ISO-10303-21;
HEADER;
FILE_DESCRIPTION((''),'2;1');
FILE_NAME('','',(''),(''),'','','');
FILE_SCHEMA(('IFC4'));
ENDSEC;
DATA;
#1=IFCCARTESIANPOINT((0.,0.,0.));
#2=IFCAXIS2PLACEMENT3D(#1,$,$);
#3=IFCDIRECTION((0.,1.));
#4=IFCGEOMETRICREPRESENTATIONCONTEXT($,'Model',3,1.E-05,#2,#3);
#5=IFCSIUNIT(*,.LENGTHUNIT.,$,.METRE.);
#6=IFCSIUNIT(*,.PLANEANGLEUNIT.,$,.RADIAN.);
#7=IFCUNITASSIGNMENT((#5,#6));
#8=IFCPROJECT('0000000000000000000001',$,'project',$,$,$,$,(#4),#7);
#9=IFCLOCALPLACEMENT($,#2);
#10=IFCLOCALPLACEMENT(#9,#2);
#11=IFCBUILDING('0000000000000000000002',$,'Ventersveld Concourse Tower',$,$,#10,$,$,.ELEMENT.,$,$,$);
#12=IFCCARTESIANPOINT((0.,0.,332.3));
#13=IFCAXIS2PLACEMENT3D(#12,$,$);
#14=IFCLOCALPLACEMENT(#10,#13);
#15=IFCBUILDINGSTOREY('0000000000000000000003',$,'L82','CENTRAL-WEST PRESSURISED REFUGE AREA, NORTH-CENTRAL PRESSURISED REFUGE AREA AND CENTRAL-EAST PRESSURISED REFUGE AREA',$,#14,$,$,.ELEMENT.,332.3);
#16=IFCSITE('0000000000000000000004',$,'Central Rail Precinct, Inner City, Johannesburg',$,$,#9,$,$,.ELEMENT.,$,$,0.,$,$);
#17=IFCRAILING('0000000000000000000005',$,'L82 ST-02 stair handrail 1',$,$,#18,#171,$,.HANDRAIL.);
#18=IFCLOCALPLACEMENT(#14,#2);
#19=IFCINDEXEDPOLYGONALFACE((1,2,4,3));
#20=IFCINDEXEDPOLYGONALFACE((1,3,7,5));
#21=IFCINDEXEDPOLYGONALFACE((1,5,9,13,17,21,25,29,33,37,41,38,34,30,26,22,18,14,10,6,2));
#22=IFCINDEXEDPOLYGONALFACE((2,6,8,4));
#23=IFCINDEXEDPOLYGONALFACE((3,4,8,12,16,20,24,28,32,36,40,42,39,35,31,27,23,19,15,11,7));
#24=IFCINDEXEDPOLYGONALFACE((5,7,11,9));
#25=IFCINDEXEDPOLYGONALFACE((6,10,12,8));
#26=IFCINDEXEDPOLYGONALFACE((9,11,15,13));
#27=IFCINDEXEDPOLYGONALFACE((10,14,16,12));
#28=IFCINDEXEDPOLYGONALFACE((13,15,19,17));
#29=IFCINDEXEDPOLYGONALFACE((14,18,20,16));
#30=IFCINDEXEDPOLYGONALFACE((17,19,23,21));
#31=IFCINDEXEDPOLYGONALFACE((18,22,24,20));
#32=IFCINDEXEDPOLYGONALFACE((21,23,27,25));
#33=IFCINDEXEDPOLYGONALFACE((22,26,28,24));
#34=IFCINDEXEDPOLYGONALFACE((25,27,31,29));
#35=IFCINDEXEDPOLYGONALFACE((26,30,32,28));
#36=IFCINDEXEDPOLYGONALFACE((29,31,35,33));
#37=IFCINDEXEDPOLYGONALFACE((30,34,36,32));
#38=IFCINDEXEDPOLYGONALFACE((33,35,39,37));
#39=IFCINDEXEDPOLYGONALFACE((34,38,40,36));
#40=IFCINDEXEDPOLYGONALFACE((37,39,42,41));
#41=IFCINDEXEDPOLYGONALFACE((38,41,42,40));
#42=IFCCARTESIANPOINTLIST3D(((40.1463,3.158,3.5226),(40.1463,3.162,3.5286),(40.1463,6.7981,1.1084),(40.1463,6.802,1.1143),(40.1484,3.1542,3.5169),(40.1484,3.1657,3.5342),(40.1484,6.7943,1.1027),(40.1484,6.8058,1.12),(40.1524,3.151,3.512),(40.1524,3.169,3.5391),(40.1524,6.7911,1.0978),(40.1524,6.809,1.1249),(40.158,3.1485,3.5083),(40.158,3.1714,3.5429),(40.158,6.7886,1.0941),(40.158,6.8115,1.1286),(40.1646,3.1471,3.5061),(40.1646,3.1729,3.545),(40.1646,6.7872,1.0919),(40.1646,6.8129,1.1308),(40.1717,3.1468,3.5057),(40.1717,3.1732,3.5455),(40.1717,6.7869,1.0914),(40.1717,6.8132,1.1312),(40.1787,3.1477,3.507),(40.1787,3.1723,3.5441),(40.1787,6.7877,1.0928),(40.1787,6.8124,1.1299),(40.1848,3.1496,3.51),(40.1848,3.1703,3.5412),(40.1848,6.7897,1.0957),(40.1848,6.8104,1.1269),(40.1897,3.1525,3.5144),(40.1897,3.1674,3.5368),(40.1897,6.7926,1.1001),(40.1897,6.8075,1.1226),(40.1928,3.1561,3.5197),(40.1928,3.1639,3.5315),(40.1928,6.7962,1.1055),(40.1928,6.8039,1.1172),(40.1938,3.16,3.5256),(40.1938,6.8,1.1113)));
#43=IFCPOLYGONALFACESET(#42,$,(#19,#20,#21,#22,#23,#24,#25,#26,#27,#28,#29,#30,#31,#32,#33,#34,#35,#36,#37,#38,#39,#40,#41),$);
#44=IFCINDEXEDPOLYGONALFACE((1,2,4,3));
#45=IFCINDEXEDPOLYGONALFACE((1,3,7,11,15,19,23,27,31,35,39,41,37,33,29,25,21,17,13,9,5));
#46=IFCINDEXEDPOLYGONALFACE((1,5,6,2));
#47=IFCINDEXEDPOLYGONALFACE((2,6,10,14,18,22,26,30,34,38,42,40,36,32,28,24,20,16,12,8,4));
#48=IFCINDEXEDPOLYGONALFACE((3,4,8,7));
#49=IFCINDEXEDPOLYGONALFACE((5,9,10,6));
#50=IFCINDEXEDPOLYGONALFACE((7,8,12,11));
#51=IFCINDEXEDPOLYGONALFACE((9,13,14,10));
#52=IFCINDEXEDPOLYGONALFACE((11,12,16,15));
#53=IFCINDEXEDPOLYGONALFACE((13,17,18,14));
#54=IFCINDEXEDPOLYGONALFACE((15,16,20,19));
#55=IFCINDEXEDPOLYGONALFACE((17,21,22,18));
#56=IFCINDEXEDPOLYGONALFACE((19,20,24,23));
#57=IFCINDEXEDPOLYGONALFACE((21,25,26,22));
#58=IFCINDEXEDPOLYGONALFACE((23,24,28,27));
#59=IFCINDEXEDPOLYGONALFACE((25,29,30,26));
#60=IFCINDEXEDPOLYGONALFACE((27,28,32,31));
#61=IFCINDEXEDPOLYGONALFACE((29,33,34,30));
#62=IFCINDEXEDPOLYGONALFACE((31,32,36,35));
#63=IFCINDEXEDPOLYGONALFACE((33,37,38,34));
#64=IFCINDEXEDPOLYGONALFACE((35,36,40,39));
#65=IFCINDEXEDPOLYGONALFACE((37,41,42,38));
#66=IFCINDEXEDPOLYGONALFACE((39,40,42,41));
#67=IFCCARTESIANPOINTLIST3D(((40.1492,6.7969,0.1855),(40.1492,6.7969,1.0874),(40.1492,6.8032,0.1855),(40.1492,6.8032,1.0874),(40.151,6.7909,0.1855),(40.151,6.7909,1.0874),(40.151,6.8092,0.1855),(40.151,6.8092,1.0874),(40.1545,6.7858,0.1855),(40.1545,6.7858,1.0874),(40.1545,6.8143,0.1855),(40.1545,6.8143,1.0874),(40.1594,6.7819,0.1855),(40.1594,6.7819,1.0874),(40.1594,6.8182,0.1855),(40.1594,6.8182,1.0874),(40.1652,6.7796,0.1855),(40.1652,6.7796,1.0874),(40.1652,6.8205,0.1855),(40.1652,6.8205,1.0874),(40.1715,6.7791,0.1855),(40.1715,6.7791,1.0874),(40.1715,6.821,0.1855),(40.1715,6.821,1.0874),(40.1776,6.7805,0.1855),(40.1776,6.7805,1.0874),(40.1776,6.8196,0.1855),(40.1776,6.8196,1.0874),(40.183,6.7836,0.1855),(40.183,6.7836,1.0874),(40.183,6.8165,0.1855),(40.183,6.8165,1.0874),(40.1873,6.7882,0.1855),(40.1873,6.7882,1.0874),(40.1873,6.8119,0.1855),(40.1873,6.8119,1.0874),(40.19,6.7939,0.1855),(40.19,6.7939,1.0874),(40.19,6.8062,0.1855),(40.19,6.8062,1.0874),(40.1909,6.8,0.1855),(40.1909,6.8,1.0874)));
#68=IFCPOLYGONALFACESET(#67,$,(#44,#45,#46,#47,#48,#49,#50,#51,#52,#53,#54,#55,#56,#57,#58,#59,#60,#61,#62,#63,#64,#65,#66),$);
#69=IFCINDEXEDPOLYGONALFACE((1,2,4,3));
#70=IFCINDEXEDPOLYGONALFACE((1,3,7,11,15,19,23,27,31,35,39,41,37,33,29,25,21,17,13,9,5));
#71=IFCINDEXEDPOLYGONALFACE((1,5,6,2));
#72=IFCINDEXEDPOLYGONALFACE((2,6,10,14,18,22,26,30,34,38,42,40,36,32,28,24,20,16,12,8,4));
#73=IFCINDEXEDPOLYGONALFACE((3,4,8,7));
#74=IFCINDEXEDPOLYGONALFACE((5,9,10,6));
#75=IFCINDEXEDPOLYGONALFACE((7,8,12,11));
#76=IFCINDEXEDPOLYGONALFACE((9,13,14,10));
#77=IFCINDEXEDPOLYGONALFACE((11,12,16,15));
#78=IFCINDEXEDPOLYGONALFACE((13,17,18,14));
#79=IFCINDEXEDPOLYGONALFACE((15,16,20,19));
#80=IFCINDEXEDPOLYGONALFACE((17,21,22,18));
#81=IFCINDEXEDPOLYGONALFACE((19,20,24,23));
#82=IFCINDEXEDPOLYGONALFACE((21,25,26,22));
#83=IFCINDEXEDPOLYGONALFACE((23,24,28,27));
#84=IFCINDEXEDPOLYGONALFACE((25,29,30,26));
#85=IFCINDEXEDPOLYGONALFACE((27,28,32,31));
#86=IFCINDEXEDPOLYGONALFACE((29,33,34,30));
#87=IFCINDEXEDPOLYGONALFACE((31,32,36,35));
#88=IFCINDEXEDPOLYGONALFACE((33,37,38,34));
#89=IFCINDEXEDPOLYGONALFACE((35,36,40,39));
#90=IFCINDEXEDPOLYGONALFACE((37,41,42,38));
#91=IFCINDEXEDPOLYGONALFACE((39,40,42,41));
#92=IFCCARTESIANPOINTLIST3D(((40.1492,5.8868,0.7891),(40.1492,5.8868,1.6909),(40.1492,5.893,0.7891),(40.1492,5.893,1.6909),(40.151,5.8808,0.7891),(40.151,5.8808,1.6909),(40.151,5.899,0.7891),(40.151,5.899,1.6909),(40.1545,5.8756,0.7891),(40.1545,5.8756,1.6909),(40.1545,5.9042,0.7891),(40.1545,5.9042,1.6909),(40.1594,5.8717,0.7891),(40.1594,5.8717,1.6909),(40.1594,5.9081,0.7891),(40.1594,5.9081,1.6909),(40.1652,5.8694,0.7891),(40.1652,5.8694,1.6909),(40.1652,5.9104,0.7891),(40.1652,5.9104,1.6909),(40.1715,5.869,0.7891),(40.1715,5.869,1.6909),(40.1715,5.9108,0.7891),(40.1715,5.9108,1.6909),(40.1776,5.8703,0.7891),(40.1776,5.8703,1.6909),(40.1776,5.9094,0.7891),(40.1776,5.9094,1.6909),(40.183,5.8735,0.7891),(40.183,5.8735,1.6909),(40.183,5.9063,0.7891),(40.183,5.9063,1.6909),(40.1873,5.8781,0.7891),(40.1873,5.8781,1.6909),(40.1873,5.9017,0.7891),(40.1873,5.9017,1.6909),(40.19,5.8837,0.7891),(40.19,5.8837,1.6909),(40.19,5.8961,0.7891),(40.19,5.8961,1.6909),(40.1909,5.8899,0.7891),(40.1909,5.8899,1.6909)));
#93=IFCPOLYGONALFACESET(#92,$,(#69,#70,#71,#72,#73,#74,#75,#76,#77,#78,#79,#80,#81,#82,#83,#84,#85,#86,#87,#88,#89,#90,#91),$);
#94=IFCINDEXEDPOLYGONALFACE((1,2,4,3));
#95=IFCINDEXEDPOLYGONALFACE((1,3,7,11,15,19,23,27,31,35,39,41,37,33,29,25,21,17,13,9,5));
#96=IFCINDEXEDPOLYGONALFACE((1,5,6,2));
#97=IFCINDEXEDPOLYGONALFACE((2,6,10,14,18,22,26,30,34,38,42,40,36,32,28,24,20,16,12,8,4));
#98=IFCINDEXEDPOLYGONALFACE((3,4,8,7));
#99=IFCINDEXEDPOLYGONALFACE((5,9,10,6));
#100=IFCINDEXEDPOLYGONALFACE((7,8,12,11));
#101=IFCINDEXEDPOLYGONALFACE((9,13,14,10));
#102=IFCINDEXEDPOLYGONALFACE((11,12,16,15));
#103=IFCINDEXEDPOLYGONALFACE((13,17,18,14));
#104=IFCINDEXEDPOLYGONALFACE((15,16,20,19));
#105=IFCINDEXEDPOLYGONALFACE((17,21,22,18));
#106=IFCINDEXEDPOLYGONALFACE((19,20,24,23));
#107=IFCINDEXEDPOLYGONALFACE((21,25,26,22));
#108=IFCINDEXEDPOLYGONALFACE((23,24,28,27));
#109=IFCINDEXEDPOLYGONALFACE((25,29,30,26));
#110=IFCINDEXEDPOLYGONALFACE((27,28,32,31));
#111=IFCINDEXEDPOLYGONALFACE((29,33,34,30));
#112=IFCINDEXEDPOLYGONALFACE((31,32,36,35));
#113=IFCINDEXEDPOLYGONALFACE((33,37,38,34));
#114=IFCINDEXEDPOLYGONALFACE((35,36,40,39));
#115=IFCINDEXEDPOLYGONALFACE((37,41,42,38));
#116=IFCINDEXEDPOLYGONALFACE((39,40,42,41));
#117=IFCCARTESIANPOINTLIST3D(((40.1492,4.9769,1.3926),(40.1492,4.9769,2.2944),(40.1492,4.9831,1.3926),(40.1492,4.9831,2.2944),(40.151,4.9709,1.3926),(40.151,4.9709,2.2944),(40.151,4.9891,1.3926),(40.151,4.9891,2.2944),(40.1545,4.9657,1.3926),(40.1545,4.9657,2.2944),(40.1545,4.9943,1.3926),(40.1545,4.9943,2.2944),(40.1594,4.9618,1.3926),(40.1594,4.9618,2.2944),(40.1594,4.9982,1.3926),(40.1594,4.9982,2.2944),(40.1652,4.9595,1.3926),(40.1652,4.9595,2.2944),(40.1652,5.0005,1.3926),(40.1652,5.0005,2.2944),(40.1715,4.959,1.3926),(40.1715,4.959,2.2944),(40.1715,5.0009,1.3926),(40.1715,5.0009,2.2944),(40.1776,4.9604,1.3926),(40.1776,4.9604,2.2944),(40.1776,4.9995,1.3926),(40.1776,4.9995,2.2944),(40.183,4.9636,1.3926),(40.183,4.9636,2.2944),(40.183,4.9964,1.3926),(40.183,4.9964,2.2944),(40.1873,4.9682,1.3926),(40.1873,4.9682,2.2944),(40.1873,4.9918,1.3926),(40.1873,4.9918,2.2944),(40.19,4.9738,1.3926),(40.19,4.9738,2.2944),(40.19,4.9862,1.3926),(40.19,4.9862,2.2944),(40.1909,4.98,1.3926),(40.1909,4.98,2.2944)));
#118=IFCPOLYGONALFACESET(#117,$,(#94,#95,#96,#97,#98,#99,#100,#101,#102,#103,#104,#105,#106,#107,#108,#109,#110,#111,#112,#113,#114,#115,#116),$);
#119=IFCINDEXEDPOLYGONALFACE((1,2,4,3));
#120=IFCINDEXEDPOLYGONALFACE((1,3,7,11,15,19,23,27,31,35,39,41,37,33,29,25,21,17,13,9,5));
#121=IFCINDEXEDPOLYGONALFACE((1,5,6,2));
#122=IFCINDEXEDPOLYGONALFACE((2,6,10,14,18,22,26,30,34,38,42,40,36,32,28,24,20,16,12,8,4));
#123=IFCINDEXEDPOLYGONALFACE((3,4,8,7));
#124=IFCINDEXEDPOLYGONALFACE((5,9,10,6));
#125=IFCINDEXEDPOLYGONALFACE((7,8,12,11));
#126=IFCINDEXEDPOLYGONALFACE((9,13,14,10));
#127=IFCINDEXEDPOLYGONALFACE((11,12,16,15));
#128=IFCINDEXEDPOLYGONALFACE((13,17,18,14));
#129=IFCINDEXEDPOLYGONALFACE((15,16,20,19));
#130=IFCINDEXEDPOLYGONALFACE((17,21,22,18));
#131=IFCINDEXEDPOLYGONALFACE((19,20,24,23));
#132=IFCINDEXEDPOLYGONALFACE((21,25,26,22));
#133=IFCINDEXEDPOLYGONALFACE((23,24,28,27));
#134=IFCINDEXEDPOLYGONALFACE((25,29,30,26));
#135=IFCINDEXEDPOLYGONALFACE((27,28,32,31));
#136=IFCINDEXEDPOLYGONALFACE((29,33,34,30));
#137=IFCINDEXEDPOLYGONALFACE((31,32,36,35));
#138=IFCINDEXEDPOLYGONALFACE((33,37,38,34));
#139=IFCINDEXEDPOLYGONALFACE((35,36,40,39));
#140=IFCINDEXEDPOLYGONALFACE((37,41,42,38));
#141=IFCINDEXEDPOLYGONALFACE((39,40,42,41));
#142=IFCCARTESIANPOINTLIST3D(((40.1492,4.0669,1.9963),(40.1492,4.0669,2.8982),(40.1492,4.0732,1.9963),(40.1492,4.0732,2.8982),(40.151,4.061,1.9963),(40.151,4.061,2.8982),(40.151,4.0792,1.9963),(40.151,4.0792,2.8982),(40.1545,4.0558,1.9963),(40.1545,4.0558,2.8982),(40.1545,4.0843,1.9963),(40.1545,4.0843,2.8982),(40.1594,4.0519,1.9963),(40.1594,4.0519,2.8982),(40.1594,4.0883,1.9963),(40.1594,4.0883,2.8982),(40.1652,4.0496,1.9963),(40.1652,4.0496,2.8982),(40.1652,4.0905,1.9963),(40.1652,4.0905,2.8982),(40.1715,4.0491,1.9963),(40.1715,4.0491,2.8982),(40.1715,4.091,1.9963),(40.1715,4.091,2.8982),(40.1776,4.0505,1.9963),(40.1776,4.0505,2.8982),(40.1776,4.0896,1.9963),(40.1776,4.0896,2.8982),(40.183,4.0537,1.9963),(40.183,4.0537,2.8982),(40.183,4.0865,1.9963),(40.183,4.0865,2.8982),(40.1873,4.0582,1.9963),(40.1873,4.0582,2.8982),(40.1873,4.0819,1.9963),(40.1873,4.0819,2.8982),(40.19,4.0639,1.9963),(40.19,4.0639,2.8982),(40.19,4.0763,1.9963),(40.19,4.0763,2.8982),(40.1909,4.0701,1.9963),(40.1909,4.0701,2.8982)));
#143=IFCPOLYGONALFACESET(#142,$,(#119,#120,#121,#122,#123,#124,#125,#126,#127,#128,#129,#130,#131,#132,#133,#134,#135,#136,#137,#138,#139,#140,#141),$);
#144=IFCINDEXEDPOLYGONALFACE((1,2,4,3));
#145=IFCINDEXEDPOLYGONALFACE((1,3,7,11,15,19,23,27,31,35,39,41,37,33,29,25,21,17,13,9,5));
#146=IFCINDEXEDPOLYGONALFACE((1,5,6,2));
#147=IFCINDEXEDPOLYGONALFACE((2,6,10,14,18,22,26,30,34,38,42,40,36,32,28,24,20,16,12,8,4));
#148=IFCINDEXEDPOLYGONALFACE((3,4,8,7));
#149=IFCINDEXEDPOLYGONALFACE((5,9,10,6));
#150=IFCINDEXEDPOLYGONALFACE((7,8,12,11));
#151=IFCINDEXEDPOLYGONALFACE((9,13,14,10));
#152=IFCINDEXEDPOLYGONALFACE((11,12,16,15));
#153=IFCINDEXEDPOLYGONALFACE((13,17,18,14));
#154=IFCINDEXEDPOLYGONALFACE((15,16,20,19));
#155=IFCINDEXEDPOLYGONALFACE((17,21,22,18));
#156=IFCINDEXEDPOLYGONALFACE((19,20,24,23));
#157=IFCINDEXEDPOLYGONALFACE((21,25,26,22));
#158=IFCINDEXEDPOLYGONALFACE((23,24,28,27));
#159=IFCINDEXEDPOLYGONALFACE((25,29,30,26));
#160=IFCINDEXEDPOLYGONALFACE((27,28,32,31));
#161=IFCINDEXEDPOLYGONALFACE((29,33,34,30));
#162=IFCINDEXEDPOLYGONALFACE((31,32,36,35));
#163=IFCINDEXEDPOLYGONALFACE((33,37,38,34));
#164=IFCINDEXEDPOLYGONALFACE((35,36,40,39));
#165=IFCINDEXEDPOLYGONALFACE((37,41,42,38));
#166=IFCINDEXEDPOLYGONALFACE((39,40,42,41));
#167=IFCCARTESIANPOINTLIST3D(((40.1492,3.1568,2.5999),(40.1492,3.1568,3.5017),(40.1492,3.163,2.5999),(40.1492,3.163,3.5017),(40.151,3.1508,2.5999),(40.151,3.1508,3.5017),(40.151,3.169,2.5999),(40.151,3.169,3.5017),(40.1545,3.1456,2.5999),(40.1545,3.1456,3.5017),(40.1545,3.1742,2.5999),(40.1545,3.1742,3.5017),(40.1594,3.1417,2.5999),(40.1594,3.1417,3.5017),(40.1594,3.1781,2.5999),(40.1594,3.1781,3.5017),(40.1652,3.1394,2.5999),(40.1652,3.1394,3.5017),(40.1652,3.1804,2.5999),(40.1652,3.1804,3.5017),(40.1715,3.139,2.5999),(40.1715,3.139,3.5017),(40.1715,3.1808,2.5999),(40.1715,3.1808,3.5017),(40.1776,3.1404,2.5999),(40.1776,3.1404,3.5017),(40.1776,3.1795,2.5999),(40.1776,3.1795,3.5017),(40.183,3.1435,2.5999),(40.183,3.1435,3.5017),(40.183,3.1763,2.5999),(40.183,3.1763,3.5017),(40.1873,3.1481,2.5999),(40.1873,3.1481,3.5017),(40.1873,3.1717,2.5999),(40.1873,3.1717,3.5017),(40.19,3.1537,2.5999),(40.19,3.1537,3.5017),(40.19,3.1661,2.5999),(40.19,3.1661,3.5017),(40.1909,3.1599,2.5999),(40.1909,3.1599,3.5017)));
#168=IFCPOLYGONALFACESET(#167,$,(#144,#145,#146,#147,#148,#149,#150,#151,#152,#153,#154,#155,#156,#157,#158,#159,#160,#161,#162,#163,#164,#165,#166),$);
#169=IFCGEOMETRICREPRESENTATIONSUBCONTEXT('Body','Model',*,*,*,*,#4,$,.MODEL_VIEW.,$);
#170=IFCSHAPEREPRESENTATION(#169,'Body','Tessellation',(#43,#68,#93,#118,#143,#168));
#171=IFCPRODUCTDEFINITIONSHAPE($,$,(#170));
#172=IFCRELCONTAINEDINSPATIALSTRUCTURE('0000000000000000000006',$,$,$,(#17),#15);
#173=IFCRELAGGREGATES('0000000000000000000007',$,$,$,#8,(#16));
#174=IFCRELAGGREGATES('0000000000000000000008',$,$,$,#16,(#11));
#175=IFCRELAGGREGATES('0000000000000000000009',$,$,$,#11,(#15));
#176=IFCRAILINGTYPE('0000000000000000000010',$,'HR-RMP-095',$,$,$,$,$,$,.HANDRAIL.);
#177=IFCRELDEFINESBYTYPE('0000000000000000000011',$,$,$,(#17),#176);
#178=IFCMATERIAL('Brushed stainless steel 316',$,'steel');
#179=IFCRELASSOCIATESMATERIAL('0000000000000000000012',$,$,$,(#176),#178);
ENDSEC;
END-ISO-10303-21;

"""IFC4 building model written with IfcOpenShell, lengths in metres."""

from ifc_helpers import new_model, si_unit, direction, frame, origin, origin_2d, place, context, subcontext, project, spatial, circle, extrude, material, type_object, element, save


model = new_model("IFC4")

# Units and contexts
model_context = context("Model", 3, precision=1e-05, world=origin(), true_north=direction((0.0, 1.0)))
body_context = subcontext(model_context, "Body", "Model", "MODEL_VIEW")
ifc_project = project(units=[si_unit("LENGTHUNIT", "METRE"), si_unit("PLANEANGLEUNIT", "RADIAN")], contexts=[model_context])

# Site, building, storey
site_placement = place(None, origin())
site = spatial("IfcSite", under=ifc_project, at=site_placement, Name="Central Rail Precinct, Inner City, Johannesburg", CompositionType="ELEMENT", RefElevation=0.0)
building_placement = place(site_placement, origin())
building = spatial("IfcBuilding", under=site, at=building_placement, Name="Ventersveld Concourse Tower", CompositionType="ELEMENT")
storey_placement = place(building_placement, frame((0.0, 0.0, 332.3)))
storey = spatial("IfcBuildingStorey", under=building, at=storey_placement, Name="L82", Description="CENTRAL-WEST PRESSURISED REFUGE AREA, NORTH-CENTRAL PRESSURISED REFUGE AREA AND CENTRAL-EAST PRESSURISED REFUGE AREA", CompositionType="ELEMENT", Elevation=332.3)

# Railing
ifc_material_1 = material(Name="Brushed stainless steel 316", Category="steel")
railing_type_1 = type_object("IfcRailingType", Name="HR-RMP-095", PredefinedType="HANDRAIL", material=ifc_material_1)
railing_1_placement = place(storey_placement, frame((40.1699, 6.8, 0.1855)))
element("IfcRailing", 1, at=railing_1_placement, inside=storey, type_object=railing_type_1, Name="L82 ST-02 stair handrail 1", PredefinedType="HANDRAIL", context=body_context, shape_type="SweptSolid", body=[
    extrude(circle(Radius=0.0239, at=origin_2d()), frame((0.0, 0.0, 0.9258), z_axis=(0.0, -0.833364, 0.552725), x_axis=(1.0, 0.0, 0.0)), (0.0, 0.0, 1.0), 4.3679),
    extrude(circle(Radius=0.021, at=origin_2d()), origin(), (0.0, 0.0, 1.0), 0.9019),
    extrude(circle(Radius=0.021, at=origin_2d()), frame((0.0, -0.9102, 0.6035)), (0.0, 0.0, 1.0), 0.9019),
    extrude(circle(Radius=0.021, at=origin_2d()), frame((0.0, -1.8201, 1.207)), (0.0, 0.0, 1.0), 0.9019),
    extrude(circle(Radius=0.021, at=origin_2d()), frame((0.0, -2.73, 1.8108)), (0.0, 0.0, 1.0), 0.9019),
    extrude(circle(Radius=0.021, at=origin_2d()), frame((0.0, -3.6401, 2.4143)), (0.0, 0.0, 1.0), 0.9019),
])

save(model, "model.ifc")
